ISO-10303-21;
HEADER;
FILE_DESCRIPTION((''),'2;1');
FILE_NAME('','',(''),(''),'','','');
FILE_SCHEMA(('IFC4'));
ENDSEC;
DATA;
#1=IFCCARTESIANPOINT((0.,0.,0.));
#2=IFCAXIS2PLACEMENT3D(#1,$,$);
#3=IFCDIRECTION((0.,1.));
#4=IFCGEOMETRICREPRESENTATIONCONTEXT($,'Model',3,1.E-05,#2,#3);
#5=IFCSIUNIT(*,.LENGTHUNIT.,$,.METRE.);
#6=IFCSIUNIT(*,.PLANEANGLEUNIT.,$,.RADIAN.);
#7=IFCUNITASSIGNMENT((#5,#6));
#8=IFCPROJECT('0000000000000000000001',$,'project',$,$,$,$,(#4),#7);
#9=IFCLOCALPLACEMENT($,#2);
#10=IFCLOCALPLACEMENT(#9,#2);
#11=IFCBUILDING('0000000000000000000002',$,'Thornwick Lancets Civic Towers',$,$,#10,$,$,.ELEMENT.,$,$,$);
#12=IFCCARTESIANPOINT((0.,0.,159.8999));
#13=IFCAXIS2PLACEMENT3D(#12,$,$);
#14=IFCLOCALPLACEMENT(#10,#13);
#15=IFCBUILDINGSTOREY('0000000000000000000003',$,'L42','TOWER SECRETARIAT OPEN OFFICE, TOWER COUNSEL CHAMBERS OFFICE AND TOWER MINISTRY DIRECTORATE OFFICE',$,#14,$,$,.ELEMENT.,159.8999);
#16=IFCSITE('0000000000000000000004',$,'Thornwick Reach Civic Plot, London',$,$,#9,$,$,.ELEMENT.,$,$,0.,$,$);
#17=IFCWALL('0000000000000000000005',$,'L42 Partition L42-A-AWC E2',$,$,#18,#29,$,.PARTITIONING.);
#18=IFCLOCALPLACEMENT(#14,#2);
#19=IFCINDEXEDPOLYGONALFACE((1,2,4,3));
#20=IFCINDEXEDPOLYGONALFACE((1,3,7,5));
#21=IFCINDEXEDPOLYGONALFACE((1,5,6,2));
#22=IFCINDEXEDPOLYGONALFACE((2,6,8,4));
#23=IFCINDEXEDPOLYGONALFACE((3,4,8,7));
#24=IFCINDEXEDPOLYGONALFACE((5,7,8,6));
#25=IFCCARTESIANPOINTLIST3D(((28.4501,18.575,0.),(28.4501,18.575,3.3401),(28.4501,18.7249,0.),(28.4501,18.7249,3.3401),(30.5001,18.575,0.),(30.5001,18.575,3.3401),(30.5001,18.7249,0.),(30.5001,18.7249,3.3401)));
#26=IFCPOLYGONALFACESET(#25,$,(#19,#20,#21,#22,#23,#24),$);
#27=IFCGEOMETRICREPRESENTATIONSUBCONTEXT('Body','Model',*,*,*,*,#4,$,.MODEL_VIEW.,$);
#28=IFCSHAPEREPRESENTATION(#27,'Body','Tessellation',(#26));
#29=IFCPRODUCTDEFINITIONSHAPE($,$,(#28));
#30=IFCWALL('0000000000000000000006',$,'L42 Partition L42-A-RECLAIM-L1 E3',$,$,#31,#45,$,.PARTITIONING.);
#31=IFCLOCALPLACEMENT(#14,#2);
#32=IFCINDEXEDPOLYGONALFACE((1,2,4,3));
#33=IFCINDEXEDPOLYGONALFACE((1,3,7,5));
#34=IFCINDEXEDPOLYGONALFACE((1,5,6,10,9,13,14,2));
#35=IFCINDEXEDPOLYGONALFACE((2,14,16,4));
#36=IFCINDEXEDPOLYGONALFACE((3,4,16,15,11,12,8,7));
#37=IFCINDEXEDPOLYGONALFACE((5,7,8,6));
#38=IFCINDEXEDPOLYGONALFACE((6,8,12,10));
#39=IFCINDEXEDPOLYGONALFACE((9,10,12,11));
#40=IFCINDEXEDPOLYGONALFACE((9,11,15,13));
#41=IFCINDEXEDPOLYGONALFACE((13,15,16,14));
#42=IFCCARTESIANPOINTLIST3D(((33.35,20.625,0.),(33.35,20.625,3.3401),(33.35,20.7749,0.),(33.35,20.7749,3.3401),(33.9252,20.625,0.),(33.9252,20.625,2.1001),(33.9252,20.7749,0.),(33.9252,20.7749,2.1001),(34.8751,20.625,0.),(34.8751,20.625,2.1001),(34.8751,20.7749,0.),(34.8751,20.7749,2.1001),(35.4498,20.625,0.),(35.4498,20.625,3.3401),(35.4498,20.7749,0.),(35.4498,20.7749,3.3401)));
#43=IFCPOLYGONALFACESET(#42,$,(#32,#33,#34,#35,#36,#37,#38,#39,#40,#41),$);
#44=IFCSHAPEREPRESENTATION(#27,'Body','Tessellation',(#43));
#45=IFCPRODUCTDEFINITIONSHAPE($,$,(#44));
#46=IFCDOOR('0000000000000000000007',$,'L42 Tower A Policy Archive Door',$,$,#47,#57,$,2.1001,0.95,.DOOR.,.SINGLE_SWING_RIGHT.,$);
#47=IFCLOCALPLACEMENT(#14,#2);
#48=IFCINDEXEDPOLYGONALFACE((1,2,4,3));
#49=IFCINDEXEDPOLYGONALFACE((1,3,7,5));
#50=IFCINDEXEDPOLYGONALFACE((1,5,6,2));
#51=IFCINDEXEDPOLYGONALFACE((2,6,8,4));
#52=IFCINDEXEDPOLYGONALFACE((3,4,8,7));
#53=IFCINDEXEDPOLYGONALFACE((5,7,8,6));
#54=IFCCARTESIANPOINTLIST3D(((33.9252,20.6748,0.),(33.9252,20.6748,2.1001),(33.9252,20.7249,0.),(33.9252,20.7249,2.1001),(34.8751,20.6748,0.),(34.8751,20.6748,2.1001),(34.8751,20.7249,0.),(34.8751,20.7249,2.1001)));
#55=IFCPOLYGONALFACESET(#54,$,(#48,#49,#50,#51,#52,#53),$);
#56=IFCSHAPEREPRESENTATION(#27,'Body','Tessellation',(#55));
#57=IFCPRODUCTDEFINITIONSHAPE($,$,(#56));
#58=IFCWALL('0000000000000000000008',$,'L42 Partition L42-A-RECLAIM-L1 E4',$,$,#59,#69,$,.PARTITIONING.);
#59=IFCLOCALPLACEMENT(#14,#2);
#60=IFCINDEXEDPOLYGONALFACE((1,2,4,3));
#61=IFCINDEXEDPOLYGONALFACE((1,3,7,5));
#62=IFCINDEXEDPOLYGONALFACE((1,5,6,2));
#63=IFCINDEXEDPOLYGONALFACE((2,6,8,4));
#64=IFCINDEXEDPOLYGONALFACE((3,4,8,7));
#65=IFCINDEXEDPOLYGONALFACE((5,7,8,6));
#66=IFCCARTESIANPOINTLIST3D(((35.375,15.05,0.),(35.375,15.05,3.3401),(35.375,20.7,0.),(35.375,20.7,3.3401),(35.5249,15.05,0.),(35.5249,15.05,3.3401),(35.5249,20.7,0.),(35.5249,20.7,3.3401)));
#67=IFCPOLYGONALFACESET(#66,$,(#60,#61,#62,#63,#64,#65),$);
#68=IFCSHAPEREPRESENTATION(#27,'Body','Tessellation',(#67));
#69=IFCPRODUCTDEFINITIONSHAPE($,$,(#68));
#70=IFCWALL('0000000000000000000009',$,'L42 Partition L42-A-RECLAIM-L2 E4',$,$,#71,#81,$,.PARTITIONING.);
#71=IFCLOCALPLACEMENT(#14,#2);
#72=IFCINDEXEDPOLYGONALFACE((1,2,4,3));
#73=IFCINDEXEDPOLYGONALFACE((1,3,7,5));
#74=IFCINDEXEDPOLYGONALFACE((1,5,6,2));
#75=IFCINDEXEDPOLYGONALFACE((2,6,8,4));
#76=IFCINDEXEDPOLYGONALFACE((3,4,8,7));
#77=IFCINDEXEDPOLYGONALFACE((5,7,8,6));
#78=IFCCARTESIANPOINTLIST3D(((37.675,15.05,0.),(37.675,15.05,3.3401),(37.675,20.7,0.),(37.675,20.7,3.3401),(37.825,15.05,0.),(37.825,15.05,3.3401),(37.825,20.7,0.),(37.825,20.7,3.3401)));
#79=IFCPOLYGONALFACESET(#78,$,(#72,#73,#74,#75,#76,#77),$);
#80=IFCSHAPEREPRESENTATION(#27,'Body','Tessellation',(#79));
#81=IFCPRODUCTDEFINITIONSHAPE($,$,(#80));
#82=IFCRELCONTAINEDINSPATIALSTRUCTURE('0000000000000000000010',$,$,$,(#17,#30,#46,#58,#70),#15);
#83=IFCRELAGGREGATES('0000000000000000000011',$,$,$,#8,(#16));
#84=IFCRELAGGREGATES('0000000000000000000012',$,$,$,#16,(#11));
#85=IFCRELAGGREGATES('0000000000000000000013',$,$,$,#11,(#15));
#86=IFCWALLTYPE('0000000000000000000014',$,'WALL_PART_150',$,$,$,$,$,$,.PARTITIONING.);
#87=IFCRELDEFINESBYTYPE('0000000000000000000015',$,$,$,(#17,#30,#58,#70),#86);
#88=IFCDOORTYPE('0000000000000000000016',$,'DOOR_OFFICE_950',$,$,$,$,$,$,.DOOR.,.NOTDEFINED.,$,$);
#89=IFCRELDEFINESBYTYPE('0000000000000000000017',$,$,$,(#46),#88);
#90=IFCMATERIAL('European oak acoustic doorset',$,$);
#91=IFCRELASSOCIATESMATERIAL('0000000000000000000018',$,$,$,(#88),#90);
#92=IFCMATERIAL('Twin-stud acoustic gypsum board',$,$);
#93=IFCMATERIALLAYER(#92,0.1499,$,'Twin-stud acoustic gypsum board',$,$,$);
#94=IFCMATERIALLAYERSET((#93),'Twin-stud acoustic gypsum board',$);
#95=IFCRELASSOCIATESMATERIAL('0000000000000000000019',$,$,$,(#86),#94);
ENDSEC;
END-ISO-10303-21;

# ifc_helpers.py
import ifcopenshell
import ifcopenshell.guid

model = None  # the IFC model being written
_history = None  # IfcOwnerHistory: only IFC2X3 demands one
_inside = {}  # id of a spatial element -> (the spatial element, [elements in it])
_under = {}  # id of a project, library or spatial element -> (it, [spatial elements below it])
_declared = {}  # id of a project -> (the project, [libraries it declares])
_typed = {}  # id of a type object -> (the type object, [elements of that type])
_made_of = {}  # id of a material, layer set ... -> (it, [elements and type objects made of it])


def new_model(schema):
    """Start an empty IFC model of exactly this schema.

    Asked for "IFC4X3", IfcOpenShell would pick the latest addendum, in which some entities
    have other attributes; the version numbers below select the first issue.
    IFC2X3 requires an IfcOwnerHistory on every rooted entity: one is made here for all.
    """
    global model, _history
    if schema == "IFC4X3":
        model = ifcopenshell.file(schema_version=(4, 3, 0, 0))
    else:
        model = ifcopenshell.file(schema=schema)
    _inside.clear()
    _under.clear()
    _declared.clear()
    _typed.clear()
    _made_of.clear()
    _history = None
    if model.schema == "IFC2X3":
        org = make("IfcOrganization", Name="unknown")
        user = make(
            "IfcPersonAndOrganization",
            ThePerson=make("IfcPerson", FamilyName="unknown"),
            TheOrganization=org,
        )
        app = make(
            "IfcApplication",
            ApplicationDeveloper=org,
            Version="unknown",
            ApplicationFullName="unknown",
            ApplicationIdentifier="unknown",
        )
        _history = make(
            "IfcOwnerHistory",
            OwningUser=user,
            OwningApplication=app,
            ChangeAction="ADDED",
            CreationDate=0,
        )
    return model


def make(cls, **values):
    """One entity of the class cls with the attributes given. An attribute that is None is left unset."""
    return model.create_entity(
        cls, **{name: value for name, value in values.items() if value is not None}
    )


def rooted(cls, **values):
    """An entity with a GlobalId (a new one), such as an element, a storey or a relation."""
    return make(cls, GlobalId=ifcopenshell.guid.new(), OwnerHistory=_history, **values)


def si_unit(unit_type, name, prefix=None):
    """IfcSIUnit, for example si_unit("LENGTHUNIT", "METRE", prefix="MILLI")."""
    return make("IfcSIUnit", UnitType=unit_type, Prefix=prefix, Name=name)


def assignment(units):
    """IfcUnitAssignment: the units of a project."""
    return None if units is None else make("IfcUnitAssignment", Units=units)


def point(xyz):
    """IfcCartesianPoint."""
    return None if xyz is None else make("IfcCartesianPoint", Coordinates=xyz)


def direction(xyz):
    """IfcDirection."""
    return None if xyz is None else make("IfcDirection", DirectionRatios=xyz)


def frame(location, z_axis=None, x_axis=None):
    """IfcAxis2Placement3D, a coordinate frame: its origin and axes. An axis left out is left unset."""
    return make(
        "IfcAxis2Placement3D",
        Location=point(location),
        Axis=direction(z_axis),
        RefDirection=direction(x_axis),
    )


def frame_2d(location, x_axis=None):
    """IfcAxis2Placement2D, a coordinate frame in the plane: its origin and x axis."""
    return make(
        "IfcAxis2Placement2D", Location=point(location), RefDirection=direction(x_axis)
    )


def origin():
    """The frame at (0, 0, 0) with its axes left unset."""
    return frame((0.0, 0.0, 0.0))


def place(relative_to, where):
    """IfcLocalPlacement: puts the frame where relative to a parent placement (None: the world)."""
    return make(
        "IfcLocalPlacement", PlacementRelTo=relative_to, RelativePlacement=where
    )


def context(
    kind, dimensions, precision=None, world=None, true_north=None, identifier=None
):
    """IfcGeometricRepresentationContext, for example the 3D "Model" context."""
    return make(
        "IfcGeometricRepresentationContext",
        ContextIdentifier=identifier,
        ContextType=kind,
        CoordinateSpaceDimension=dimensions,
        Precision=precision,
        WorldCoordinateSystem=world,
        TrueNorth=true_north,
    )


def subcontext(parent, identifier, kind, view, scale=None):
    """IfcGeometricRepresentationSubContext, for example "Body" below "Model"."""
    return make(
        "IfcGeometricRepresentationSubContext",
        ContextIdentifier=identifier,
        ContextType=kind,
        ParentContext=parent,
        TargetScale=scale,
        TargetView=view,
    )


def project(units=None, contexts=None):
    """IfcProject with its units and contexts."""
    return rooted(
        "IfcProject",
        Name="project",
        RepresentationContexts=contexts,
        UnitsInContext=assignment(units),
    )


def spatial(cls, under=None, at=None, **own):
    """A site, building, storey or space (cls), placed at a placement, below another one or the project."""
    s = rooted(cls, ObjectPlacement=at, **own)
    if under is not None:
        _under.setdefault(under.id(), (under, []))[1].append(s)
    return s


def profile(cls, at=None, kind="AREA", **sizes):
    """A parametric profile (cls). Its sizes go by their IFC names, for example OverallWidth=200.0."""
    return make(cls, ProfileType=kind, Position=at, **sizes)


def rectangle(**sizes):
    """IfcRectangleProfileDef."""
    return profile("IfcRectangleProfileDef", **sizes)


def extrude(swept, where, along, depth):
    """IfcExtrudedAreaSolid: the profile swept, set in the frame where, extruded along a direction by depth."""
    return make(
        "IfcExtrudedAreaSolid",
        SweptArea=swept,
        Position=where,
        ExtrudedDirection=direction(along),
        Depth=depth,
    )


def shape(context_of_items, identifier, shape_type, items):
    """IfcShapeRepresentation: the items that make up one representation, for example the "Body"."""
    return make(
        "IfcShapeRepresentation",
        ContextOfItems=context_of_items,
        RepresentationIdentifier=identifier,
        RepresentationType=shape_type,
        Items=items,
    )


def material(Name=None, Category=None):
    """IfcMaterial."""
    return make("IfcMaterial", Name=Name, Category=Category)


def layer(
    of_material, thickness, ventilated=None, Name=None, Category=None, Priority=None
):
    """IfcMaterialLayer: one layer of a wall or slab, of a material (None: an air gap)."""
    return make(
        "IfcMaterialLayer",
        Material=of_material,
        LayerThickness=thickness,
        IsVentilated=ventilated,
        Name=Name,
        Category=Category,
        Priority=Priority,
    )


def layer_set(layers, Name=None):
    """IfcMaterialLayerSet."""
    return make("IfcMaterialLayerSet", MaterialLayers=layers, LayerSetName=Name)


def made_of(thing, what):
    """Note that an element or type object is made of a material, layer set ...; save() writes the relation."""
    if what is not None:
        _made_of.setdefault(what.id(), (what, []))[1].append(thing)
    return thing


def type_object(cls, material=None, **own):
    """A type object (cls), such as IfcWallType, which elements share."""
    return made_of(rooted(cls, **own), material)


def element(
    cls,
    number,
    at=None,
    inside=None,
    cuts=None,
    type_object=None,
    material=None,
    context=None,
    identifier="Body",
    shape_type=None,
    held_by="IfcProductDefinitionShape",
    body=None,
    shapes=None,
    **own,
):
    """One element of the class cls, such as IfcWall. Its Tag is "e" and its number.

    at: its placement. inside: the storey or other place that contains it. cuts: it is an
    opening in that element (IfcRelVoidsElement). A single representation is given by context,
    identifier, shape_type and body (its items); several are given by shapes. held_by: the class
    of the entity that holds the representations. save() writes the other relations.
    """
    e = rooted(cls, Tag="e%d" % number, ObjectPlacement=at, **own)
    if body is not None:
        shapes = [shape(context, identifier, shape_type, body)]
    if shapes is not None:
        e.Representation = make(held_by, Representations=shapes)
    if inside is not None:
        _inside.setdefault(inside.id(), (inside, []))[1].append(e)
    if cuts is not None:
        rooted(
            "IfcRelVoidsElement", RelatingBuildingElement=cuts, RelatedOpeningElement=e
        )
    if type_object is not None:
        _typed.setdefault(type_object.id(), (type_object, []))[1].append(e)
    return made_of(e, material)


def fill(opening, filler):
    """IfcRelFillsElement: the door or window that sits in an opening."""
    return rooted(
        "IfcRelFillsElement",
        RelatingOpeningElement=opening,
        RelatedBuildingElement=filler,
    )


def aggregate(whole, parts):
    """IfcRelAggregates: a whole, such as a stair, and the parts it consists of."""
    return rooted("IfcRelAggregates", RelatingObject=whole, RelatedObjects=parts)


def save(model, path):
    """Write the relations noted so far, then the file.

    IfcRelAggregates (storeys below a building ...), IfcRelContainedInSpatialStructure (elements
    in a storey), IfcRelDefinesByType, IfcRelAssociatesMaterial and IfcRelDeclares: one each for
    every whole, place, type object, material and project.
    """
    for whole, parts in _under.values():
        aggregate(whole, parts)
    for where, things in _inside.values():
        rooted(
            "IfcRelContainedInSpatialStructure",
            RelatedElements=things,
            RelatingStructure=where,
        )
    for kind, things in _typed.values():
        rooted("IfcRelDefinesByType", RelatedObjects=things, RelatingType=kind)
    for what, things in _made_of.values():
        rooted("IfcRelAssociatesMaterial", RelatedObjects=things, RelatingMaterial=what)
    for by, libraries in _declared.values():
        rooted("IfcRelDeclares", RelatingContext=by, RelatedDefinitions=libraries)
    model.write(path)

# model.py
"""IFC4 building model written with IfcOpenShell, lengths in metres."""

from ifc_helpers import new_model, si_unit, direction, frame, frame_2d, origin, place, context, subcontext, project, spatial, rectangle, extrude, material, layer, layer_set, type_object, element, fill, save


model = new_model("IFC4")

# Units and contexts
model_context = context("Model", 3, precision=1e-05, world=origin(), true_north=direction((0.0, 1.0)))
body_context = subcontext(model_context, "Body", "Model", "MODEL_VIEW")
ifc_project = project(units=[si_unit("LENGTHUNIT", "METRE"), si_unit("PLANEANGLEUNIT", "RADIAN")], contexts=[model_context])

# Site, building, storey
site_placement = place(None, origin())
site = spatial("IfcSite", under=ifc_project, at=site_placement, Name="Thornwick Reach Civic Plot, London", CompositionType="ELEMENT", RefElevation=0.0)
building_placement = place(site_placement, origin())
building = spatial("IfcBuilding", under=site, at=building_placement, Name="Thornwick Lancets Civic Towers", CompositionType="ELEMENT")
storey_placement = place(building_placement, frame((0.0, 0.0, 159.8999)))
storey = spatial("IfcBuildingStorey", under=building, at=storey_placement, Name="L42", Description="TOWER SECRETARIAT OPEN OFFICE, TOWER COUNSEL CHAMBERS OFFICE AND TOWER MINISTRY DIRECTORATE OFFICE", CompositionType="ELEMENT", Elevation=159.8999)

# Shared definitions
ifc_material_1 = material(Name="European oak acoustic doorset")
door_type_1 = type_object("IfcDoorType", Name="DOOR_OFFICE_950", OperationType="NOTDEFINED", PredefinedType="DOOR", material=ifc_material_1)

# Wall
ifc_material_2 = material(Name="Twin-stud acoustic gypsum board")
ifc_layer_1 = layer(ifc_material_2, 0.1499, Name="Twin-stud acoustic gypsum board")
ifc_layer_set_1 = layer_set([ifc_layer_1], Name="Twin-stud acoustic gypsum board")
wall_type_1 = type_object("IfcWallType", Name="WALL_PART_150", PredefinedType="PARTITIONING", material=ifc_layer_set_1)
wall_1_placement = place(storey_placement, frame((30.5, 18.6499, 0.0), z_axis=(0.0, 0.0, 1.0), x_axis=(-1.0, 0.0, 0.0)))
element("IfcWall", 1, at=wall_1_placement, inside=storey, type_object=wall_type_1, Name="L42 Partition L42-A-AWC E2", PredefinedType="PARTITIONING", context=body_context, shape_type="SweptSolid", body=[
    extrude(rectangle(XDim=2.05, YDim=0.1499, at=frame_2d((1.0249, 0.0))), origin(), (0.0, 0.0, 1.0), 3.3401),
])

# Wall, opening, door
wall_2_placement = place(storey_placement, frame((33.3501, 20.7, 0.0), z_axis=(0.0, 0.0, 1.0), x_axis=(1.0, 0.0, 0.0)))
wall_2 = element("IfcWall", 2, at=wall_2_placement, inside=storey, type_object=wall_type_1, Name="L42 Partition L42-A-RECLAIM-L1 E3", PredefinedType="PARTITIONING", context=body_context, shape_type="SweptSolid", body=[
    extrude(rectangle(XDim=2.0999, YDim=0.1499, at=frame_2d((1.0498, 0.0))), origin(), (0.0, 0.0, 1.0), 3.3401),
])
opening_1_placement = place(wall_2_placement, frame((0.575, 0.0, 0.0)))
opening_1 = element("IfcOpeningElement", 3, at=opening_1_placement, cuts=wall_2, PredefinedType="OPENING", context=body_context, shape_type="SweptSolid", body=[
    extrude(rectangle(XDim=0.95, YDim=2.1001, at=frame_2d((0.4751, 1.05))), frame((0.0, 0.085, 0.0), z_axis=(0.0, -1.0, 0.0), x_axis=(1.0, 0.0, 0.0)), (0.0, 0.0, 1.0), 0.1699),
])
door_1_placement = place(opening_1_placement, origin())
door_1 = element("IfcDoor", 4, at=door_1_placement, inside=storey, type_object=door_type_1, Name="L42 Tower A Policy Archive Door", OperationType="SINGLE_SWING_RIGHT", OverallHeight=2.1001, OverallWidth=0.95, PredefinedType="DOOR", context=body_context, shape_type="SweptSolid", body=[
    extrude(rectangle(XDim=0.95, YDim=2.1001, at=frame_2d((0.4751, 1.05))), frame((0.0, 0.0249, 0.0), z_axis=(0.0, -1.0, 0.0), x_axis=(1.0, 0.0, 0.0)), (0.0, 0.0, 1.0), 0.05),
])
fill(opening_1, door_1)

# Wall
wall_3_placement = place(storey_placement, frame((35.45, 20.7, 0.0), z_axis=(0.0, 0.0, 1.0), x_axis=(0.0, -1.0, 0.0)))
element("IfcWall", 5, at=wall_3_placement, inside=storey, type_object=wall_type_1, Name="L42 Partition L42-A-RECLAIM-L1 E4", PredefinedType="PARTITIONING", context=body_context, shape_type="SweptSolid", body=[
    extrude(rectangle(XDim=5.6499, YDim=0.1499, at=frame_2d((2.825, 0.0))), origin(), (0.0, 0.0, 1.0), 3.3401),
])

# Wall
wall_4_placement = place(storey_placement, frame((37.75, 20.7, 0.0), z_axis=(0.0, 0.0, 1.0), x_axis=(0.0, -1.0, 0.0)))
element("IfcWall", 6, at=wall_4_placement, inside=storey, type_object=wall_type_1, Name="L42 Partition L42-A-RECLAIM-L2 E4", PredefinedType="PARTITIONING", context=body_context, shape_type="SweptSolid", body=[
    extrude(rectangle(XDim=5.6499, YDim=0.1499, at=frame_2d((2.825, 0.0))), origin(), (0.0, 0.0, 1.0), 3.3401),
])

save(model, "model.ifc")
